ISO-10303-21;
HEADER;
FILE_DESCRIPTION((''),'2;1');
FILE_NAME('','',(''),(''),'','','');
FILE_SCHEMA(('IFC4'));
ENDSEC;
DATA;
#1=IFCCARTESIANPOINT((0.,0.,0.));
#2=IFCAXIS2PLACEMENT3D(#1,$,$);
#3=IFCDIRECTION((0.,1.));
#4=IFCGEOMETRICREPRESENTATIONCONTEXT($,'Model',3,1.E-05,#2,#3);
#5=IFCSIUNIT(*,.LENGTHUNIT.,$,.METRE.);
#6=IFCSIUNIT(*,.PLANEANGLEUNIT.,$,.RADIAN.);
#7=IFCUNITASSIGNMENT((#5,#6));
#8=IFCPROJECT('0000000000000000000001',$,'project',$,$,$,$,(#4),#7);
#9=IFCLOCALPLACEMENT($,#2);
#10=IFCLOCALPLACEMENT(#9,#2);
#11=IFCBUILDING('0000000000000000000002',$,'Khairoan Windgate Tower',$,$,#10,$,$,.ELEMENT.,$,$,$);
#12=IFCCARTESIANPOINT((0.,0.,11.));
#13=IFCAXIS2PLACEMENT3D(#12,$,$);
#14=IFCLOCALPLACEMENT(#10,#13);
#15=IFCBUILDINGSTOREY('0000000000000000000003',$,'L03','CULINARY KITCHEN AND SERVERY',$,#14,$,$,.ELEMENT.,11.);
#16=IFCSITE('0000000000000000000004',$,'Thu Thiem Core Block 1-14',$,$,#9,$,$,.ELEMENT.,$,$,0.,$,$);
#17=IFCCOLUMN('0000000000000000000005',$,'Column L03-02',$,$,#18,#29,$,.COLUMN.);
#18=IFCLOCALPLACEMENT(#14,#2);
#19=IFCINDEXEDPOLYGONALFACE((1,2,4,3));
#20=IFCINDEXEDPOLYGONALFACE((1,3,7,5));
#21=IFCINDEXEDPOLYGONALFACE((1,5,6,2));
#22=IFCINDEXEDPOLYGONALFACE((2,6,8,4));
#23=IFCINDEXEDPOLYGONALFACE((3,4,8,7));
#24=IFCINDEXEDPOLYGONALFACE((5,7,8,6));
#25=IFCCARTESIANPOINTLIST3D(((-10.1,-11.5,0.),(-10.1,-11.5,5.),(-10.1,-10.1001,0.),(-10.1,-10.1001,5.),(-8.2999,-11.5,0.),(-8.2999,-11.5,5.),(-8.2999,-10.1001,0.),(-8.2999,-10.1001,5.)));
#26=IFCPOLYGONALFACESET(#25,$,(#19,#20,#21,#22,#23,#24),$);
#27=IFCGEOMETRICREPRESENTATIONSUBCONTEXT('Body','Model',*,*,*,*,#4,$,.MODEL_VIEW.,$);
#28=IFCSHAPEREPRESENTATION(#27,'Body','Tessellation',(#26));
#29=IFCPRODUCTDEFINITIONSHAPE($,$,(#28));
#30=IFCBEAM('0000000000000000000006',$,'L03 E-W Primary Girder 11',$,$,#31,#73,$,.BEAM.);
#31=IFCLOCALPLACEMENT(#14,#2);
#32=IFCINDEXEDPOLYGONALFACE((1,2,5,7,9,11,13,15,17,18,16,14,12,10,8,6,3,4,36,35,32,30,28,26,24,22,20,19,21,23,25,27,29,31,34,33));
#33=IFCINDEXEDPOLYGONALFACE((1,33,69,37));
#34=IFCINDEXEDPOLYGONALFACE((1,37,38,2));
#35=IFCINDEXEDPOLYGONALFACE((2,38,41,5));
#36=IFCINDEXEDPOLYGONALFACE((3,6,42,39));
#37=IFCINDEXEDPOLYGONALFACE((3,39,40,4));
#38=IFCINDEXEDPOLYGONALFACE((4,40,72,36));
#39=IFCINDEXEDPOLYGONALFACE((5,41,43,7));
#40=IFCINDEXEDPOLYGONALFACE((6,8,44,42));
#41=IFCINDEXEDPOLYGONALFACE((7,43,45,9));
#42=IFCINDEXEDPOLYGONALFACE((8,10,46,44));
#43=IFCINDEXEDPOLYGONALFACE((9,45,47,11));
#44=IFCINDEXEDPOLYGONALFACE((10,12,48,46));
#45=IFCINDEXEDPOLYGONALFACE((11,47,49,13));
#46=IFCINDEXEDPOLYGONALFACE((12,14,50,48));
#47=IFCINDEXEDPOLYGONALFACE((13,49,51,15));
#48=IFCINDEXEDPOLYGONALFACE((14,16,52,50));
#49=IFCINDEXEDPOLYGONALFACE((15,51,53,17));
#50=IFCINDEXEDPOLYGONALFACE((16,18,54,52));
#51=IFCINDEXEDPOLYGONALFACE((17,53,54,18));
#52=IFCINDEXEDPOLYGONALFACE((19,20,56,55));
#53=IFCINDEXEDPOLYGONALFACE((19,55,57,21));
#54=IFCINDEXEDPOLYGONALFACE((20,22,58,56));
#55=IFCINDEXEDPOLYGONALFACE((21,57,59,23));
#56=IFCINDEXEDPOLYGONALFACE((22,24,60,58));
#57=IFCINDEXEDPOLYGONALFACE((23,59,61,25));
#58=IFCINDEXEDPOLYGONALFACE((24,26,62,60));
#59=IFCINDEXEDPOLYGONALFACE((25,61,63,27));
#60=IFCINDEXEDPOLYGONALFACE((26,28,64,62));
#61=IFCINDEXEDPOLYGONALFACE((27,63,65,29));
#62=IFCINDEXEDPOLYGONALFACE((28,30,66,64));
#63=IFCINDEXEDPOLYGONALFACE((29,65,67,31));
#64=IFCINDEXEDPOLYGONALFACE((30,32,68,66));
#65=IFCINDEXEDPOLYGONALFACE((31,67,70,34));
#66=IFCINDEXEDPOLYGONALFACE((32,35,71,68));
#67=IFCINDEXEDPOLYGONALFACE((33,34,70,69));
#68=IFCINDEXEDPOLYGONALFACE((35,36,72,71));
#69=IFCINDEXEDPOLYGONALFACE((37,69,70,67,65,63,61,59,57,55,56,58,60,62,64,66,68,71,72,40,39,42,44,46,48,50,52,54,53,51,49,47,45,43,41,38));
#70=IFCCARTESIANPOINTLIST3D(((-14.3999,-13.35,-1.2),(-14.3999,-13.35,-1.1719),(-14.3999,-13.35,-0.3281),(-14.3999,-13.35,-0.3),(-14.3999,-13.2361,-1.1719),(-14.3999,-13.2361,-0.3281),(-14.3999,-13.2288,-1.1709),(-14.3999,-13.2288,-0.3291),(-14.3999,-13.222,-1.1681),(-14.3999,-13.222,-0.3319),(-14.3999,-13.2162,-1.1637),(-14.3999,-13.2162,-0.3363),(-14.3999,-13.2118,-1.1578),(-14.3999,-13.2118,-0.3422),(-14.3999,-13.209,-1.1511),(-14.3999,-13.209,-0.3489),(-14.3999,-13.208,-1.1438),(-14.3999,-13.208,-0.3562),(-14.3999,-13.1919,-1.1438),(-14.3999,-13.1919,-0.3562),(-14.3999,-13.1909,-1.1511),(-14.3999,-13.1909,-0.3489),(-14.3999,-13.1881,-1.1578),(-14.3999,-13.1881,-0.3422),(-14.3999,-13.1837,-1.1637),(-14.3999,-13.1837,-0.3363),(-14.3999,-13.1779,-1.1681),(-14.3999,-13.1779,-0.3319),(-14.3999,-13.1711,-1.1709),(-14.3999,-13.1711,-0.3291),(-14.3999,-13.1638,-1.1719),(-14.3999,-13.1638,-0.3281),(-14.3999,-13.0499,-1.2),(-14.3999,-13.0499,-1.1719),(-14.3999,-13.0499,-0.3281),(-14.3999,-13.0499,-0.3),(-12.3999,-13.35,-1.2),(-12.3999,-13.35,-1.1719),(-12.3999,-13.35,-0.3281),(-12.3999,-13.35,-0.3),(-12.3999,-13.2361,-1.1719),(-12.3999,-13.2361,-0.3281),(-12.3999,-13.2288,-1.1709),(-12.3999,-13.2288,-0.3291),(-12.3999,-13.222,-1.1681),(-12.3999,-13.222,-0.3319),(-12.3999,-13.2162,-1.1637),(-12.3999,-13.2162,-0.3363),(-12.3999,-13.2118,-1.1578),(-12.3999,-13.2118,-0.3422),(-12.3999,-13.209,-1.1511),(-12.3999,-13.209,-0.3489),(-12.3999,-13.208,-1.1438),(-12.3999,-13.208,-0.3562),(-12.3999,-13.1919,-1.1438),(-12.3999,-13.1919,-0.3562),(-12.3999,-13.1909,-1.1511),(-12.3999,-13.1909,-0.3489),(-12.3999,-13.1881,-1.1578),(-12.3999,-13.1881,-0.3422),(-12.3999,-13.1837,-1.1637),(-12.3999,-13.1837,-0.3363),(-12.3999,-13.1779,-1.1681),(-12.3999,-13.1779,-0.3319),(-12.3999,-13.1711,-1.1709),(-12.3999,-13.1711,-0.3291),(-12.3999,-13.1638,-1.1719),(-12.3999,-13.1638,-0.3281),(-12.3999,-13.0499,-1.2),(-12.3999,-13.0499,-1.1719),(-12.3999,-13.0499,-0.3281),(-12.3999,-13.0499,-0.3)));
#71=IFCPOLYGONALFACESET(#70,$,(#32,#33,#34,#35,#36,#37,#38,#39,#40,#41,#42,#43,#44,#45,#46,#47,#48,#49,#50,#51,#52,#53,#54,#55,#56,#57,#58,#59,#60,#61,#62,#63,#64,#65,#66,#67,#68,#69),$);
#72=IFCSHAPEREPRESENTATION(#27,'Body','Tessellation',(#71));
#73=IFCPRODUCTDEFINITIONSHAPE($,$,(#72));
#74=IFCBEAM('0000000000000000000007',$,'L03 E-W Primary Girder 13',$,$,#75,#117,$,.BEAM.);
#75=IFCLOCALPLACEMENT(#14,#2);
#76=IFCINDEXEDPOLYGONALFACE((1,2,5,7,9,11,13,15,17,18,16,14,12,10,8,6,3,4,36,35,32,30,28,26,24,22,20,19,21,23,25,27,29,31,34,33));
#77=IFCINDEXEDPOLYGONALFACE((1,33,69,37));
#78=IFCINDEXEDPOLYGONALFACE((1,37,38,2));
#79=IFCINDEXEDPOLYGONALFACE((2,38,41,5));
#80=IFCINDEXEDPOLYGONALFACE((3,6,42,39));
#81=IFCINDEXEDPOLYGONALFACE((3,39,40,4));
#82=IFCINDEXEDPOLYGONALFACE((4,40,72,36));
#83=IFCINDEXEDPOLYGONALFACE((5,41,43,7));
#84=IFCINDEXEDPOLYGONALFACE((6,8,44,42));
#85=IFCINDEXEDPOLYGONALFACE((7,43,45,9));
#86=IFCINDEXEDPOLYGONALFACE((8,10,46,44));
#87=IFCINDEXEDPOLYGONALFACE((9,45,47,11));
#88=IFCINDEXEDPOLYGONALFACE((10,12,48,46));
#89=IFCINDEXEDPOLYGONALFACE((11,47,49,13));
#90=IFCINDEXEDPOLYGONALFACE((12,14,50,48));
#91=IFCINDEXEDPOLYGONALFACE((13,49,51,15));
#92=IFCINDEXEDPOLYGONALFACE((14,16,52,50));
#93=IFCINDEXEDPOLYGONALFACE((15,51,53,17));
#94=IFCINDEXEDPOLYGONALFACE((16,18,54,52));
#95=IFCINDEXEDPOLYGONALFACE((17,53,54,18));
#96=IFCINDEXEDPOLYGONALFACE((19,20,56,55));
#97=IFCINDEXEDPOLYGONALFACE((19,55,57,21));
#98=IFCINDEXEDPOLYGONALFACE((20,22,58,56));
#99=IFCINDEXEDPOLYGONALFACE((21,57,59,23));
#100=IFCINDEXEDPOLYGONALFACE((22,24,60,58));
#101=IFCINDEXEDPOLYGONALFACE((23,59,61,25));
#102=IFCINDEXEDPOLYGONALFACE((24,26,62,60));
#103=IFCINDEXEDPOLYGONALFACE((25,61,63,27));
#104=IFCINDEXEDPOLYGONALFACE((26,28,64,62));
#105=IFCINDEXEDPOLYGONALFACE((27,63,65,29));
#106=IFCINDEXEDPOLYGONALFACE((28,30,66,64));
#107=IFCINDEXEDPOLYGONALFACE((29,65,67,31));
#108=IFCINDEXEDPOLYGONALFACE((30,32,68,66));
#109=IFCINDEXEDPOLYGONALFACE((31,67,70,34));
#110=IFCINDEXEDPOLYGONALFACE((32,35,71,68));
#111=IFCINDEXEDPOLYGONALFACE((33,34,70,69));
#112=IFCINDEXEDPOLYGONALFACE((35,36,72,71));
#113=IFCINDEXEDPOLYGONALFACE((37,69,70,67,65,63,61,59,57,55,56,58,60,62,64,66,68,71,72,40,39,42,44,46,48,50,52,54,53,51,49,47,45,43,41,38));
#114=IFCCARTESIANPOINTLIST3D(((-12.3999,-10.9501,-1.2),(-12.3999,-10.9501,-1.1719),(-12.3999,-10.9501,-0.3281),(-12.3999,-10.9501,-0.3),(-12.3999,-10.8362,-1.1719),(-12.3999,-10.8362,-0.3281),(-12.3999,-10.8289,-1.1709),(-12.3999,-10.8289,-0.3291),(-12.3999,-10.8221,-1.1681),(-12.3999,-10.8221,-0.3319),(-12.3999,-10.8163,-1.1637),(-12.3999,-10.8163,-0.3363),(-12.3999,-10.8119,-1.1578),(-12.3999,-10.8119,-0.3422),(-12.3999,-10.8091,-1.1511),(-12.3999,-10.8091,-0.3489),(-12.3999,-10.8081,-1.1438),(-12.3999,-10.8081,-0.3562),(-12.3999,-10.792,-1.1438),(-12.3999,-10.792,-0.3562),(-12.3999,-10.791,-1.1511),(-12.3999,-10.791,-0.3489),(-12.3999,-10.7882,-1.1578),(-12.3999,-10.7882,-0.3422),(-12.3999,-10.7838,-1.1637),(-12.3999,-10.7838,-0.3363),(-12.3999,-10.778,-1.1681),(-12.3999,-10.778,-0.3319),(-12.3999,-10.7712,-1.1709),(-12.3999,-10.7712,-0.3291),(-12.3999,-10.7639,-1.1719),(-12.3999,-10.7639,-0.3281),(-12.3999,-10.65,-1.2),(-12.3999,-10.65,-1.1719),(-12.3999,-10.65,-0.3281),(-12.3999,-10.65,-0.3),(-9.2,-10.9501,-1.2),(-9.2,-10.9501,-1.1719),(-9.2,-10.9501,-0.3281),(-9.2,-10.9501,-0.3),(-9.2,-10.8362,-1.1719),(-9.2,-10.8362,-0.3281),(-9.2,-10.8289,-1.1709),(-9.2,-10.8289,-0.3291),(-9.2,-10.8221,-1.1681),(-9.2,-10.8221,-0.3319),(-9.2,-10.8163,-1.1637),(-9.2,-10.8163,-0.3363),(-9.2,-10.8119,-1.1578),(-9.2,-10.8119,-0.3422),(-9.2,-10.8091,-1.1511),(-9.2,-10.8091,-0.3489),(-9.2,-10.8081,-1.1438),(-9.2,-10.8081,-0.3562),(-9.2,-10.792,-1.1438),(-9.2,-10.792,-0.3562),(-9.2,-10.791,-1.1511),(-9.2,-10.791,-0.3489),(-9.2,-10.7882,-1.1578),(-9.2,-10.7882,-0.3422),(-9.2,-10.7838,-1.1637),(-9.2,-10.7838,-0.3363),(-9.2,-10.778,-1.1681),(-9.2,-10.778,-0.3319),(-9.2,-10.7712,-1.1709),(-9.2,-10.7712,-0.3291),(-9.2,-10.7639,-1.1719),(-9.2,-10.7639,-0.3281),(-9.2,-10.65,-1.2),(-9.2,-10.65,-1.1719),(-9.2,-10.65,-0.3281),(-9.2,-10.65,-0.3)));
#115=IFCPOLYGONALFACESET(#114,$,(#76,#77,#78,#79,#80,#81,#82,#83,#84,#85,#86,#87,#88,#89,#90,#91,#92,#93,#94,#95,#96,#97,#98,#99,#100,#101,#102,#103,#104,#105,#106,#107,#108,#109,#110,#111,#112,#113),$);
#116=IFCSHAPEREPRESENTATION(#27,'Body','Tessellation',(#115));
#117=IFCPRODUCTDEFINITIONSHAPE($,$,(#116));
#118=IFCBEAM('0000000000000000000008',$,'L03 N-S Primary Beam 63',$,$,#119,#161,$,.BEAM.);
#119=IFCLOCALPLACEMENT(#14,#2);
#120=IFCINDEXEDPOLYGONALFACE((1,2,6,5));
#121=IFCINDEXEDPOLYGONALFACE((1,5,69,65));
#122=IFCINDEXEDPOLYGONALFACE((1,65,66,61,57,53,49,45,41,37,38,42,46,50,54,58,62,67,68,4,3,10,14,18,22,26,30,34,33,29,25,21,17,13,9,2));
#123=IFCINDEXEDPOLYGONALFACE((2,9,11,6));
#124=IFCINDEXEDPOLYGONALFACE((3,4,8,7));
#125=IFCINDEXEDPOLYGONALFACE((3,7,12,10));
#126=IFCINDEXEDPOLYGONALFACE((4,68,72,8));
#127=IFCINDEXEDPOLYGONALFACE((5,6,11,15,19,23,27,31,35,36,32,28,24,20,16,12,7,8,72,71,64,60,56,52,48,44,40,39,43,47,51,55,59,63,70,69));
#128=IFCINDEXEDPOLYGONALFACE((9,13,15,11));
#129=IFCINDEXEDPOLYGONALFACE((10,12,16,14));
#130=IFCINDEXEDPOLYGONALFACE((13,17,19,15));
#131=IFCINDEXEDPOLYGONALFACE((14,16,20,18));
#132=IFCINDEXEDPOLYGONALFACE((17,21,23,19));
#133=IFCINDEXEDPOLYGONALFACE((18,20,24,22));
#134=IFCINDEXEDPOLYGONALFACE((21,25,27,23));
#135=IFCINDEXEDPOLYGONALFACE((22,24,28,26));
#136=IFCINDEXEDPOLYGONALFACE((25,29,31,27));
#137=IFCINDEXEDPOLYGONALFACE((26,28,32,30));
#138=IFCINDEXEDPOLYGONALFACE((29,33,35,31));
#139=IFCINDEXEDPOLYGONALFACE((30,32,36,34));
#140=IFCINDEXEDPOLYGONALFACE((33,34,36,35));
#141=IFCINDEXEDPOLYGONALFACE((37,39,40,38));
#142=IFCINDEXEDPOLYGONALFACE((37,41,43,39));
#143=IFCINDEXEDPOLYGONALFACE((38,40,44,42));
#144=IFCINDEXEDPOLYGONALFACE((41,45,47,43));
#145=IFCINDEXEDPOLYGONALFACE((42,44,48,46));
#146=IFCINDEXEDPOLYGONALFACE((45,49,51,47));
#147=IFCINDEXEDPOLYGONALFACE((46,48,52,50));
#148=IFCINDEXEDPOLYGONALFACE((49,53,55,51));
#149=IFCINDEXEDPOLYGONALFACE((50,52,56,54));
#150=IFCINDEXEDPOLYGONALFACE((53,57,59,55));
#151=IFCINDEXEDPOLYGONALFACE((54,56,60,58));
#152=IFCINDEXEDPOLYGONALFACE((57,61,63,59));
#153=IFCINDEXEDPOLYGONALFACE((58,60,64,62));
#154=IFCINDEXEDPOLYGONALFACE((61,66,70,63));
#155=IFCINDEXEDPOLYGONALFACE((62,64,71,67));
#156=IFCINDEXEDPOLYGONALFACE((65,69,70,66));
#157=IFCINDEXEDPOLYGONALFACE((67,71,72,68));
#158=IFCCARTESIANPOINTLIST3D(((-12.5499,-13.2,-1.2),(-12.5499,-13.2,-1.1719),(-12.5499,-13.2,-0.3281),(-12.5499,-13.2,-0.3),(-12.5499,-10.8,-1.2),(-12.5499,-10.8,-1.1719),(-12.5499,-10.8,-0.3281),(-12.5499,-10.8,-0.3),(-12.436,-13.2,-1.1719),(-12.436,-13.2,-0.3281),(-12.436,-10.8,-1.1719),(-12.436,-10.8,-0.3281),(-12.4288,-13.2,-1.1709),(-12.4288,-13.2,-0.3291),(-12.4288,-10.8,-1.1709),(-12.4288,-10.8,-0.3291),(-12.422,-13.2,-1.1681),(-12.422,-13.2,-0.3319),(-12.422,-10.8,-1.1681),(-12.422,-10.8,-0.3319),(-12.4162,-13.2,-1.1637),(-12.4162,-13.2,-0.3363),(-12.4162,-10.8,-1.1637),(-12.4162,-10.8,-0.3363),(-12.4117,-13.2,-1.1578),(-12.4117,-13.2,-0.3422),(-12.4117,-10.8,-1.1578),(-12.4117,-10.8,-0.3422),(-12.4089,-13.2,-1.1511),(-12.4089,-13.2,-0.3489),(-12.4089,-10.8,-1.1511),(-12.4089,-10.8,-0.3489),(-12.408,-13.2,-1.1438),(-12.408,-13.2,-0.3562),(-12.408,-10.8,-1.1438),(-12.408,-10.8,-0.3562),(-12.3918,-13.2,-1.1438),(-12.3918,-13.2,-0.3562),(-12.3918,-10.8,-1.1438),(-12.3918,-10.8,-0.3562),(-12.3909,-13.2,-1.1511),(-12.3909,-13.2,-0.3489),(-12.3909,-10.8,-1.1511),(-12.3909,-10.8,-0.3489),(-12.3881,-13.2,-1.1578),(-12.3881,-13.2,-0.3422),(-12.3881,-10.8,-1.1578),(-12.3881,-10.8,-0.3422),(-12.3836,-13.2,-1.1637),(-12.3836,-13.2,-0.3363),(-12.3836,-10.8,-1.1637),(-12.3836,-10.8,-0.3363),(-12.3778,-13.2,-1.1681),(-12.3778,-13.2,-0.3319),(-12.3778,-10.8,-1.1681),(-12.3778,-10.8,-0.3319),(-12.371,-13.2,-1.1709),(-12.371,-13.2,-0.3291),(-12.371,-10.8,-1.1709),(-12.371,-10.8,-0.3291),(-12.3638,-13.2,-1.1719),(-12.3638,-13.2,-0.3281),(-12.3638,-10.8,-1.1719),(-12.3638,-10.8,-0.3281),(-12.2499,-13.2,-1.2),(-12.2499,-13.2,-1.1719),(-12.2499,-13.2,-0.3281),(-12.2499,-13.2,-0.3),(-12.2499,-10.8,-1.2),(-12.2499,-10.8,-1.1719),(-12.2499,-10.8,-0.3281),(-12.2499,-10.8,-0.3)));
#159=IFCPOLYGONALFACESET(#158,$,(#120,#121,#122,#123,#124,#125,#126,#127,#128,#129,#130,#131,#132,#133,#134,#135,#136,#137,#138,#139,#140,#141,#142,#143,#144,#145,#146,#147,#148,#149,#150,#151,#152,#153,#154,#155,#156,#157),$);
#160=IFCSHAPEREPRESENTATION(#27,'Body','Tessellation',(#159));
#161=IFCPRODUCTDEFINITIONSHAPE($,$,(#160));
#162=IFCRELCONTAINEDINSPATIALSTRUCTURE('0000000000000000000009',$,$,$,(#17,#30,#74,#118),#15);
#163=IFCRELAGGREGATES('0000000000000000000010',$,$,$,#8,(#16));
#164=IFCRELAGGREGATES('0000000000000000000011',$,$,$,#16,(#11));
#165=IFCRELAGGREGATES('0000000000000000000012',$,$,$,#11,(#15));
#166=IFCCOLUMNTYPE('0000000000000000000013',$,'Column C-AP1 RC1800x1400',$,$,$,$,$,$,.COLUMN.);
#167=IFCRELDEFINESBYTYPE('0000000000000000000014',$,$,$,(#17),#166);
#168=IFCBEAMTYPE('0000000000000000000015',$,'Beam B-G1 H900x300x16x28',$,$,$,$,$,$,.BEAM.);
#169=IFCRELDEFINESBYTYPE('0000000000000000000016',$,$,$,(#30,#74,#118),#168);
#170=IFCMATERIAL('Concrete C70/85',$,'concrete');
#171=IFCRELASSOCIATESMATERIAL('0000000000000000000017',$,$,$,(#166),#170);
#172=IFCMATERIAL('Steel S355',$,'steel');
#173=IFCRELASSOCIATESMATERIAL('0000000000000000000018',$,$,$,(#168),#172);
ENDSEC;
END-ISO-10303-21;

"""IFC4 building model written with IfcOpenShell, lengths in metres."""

from ifc_helpers import new_model, si_unit, direction, frame, origin, origin_2d, place, context, subcontext, project, spatial, rectangle, i_section, extrude, material, material_profile, profile_set, type_object, element, save


model = new_model("IFC4")

# Units and contexts
model_context = context("Model", 3, precision=1e-05, world=origin(), true_north=direction((0.0, 1.0)))
body_context = subcontext(model_context, "Body", "Model", "MODEL_VIEW")
ifc_project = project(units=[si_unit("LENGTHUNIT", "METRE"), si_unit("PLANEANGLEUNIT", "RADIAN")], contexts=[model_context])

# Site, building, storey
site_placement = place(None, origin())
site = spatial("IfcSite", under=ifc_project, at=site_placement, Name="Thu Thiem Core Block 1-14", CompositionType="ELEMENT", RefElevation=0.0)
building_placement = place(site_placement, origin())
building = spatial("IfcBuilding", under=site, at=building_placement, Name="Khairoan Windgate Tower", CompositionType="ELEMENT")
storey_placement = place(building_placement, frame((0.0, 0.0, 11.0)))
storey = spatial("IfcBuildingStorey", under=building, at=storey_placement, Name="L03", Description="CULINARY KITCHEN AND SERVERY", CompositionType="ELEMENT", Elevation=11.0)

# Column
ifc_material_1 = material(Name="Concrete C70/85", Category="concrete")
ifc_material_profile_1 = material_profile(ifc_material_1, rectangle(XDim=1.8, YDim=1.3999, at=origin_2d()))
ifc_profile_set_1 = profile_set([ifc_material_profile_1], Name="Concrete C70/85")
column_type = type_object("IfcColumnType", Name="Column C-AP1 RC1800x1400", PredefinedType="COLUMN", material=ifc_profile_set_1)
column_placement = place(storey_placement, frame((-9.2, -10.8, 0.0), z_axis=(0.0, 0.0, 1.0), x_axis=(1.0, 0.0, 0.0)))
element("IfcColumn", 1, at=column_placement, inside=storey, type_object=column_type, Name="Column L03-02", PredefinedType="COLUMN", context=body_context, shape_type="SweptSolid", body=[
    extrude(rectangle(XDim=1.8, YDim=1.3999, at=origin_2d()), origin(), (0.0, 0.0, 1.0), 5.0),
])

# Beams
ifc_material_2 = material(Name="Steel S355", Category="steel")
ifc_material_profile_2 = material_profile(ifc_material_2, i_section(OverallWidth=0.3, OverallDepth=0.8999, WebThickness=0.0161, FlangeThickness=0.0281, FilletRadius=0.0281, at=origin_2d()))
ifc_profile_set_2 = profile_set([ifc_material_profile_2], Name="Steel S355")
beam_type_1 = type_object("IfcBeamType", Name="Beam B-G1 H900x300x16x28", PredefinedType="BEAM", material=ifc_profile_set_2)
beam_1_placement = place(storey_placement, frame((-14.3999, -13.2, -0.75), z_axis=(1.0, 0.0, 0.0), x_axis=(0.0, 1.0, 0.0)))
element("IfcBeam", 2, at=beam_1_placement, inside=storey, type_object=beam_type_1, Name="L03 E-W Primary Girder 11", PredefinedType="BEAM", context=body_context, shape_type="SweptSolid", body=[
    extrude(i_section(OverallWidth=0.3, OverallDepth=0.8999, WebThickness=0.0161, FlangeThickness=0.0281, FilletRadius=0.0281, at=origin_2d()), origin(), (0.0, 0.0, 1.0), 2.0),
])
beam_2_placement = place(storey_placement, frame((-12.3999, -10.8, -0.75), z_axis=(1.0, 0.0, 0.0), x_axis=(0.0, 1.0, 0.0)))
element("IfcBeam", 3, at=beam_2_placement, inside=storey, type_object=beam_type_1, Name="L03 E-W Primary Girder 13", PredefinedType="BEAM", context=body_context, shape_type="SweptSolid", body=[
    extrude(i_section(OverallWidth=0.3, OverallDepth=0.8999, WebThickness=0.0161, FlangeThickness=0.0281, FilletRadius=0.0281, at=origin_2d()), origin(), (0.0, 0.0, 1.0), 3.2),
])
beam_3_placement = place(storey_placement, frame((-12.3999, -13.2, -0.75), z_axis=(0.0, 1.0, 0.0), x_axis=(-1.0, 0.0, 0.0)))
element("IfcBeam", 4, at=beam_3_placement, inside=storey, type_object=beam_type_1, Name="L03 N-S Primary Beam 63", PredefinedType="BEAM", context=body_context, shape_type="SweptSolid", body=[
    extrude(i_section(OverallWidth=0.3, OverallDepth=0.8999, WebThickness=0.0161, FlangeThickness=0.0281, FilletRadius=0.0281, at=origin_2d()), origin(), (0.0, 0.0, 1.0), 2.3999),
])

save(model, "model.ifc")
